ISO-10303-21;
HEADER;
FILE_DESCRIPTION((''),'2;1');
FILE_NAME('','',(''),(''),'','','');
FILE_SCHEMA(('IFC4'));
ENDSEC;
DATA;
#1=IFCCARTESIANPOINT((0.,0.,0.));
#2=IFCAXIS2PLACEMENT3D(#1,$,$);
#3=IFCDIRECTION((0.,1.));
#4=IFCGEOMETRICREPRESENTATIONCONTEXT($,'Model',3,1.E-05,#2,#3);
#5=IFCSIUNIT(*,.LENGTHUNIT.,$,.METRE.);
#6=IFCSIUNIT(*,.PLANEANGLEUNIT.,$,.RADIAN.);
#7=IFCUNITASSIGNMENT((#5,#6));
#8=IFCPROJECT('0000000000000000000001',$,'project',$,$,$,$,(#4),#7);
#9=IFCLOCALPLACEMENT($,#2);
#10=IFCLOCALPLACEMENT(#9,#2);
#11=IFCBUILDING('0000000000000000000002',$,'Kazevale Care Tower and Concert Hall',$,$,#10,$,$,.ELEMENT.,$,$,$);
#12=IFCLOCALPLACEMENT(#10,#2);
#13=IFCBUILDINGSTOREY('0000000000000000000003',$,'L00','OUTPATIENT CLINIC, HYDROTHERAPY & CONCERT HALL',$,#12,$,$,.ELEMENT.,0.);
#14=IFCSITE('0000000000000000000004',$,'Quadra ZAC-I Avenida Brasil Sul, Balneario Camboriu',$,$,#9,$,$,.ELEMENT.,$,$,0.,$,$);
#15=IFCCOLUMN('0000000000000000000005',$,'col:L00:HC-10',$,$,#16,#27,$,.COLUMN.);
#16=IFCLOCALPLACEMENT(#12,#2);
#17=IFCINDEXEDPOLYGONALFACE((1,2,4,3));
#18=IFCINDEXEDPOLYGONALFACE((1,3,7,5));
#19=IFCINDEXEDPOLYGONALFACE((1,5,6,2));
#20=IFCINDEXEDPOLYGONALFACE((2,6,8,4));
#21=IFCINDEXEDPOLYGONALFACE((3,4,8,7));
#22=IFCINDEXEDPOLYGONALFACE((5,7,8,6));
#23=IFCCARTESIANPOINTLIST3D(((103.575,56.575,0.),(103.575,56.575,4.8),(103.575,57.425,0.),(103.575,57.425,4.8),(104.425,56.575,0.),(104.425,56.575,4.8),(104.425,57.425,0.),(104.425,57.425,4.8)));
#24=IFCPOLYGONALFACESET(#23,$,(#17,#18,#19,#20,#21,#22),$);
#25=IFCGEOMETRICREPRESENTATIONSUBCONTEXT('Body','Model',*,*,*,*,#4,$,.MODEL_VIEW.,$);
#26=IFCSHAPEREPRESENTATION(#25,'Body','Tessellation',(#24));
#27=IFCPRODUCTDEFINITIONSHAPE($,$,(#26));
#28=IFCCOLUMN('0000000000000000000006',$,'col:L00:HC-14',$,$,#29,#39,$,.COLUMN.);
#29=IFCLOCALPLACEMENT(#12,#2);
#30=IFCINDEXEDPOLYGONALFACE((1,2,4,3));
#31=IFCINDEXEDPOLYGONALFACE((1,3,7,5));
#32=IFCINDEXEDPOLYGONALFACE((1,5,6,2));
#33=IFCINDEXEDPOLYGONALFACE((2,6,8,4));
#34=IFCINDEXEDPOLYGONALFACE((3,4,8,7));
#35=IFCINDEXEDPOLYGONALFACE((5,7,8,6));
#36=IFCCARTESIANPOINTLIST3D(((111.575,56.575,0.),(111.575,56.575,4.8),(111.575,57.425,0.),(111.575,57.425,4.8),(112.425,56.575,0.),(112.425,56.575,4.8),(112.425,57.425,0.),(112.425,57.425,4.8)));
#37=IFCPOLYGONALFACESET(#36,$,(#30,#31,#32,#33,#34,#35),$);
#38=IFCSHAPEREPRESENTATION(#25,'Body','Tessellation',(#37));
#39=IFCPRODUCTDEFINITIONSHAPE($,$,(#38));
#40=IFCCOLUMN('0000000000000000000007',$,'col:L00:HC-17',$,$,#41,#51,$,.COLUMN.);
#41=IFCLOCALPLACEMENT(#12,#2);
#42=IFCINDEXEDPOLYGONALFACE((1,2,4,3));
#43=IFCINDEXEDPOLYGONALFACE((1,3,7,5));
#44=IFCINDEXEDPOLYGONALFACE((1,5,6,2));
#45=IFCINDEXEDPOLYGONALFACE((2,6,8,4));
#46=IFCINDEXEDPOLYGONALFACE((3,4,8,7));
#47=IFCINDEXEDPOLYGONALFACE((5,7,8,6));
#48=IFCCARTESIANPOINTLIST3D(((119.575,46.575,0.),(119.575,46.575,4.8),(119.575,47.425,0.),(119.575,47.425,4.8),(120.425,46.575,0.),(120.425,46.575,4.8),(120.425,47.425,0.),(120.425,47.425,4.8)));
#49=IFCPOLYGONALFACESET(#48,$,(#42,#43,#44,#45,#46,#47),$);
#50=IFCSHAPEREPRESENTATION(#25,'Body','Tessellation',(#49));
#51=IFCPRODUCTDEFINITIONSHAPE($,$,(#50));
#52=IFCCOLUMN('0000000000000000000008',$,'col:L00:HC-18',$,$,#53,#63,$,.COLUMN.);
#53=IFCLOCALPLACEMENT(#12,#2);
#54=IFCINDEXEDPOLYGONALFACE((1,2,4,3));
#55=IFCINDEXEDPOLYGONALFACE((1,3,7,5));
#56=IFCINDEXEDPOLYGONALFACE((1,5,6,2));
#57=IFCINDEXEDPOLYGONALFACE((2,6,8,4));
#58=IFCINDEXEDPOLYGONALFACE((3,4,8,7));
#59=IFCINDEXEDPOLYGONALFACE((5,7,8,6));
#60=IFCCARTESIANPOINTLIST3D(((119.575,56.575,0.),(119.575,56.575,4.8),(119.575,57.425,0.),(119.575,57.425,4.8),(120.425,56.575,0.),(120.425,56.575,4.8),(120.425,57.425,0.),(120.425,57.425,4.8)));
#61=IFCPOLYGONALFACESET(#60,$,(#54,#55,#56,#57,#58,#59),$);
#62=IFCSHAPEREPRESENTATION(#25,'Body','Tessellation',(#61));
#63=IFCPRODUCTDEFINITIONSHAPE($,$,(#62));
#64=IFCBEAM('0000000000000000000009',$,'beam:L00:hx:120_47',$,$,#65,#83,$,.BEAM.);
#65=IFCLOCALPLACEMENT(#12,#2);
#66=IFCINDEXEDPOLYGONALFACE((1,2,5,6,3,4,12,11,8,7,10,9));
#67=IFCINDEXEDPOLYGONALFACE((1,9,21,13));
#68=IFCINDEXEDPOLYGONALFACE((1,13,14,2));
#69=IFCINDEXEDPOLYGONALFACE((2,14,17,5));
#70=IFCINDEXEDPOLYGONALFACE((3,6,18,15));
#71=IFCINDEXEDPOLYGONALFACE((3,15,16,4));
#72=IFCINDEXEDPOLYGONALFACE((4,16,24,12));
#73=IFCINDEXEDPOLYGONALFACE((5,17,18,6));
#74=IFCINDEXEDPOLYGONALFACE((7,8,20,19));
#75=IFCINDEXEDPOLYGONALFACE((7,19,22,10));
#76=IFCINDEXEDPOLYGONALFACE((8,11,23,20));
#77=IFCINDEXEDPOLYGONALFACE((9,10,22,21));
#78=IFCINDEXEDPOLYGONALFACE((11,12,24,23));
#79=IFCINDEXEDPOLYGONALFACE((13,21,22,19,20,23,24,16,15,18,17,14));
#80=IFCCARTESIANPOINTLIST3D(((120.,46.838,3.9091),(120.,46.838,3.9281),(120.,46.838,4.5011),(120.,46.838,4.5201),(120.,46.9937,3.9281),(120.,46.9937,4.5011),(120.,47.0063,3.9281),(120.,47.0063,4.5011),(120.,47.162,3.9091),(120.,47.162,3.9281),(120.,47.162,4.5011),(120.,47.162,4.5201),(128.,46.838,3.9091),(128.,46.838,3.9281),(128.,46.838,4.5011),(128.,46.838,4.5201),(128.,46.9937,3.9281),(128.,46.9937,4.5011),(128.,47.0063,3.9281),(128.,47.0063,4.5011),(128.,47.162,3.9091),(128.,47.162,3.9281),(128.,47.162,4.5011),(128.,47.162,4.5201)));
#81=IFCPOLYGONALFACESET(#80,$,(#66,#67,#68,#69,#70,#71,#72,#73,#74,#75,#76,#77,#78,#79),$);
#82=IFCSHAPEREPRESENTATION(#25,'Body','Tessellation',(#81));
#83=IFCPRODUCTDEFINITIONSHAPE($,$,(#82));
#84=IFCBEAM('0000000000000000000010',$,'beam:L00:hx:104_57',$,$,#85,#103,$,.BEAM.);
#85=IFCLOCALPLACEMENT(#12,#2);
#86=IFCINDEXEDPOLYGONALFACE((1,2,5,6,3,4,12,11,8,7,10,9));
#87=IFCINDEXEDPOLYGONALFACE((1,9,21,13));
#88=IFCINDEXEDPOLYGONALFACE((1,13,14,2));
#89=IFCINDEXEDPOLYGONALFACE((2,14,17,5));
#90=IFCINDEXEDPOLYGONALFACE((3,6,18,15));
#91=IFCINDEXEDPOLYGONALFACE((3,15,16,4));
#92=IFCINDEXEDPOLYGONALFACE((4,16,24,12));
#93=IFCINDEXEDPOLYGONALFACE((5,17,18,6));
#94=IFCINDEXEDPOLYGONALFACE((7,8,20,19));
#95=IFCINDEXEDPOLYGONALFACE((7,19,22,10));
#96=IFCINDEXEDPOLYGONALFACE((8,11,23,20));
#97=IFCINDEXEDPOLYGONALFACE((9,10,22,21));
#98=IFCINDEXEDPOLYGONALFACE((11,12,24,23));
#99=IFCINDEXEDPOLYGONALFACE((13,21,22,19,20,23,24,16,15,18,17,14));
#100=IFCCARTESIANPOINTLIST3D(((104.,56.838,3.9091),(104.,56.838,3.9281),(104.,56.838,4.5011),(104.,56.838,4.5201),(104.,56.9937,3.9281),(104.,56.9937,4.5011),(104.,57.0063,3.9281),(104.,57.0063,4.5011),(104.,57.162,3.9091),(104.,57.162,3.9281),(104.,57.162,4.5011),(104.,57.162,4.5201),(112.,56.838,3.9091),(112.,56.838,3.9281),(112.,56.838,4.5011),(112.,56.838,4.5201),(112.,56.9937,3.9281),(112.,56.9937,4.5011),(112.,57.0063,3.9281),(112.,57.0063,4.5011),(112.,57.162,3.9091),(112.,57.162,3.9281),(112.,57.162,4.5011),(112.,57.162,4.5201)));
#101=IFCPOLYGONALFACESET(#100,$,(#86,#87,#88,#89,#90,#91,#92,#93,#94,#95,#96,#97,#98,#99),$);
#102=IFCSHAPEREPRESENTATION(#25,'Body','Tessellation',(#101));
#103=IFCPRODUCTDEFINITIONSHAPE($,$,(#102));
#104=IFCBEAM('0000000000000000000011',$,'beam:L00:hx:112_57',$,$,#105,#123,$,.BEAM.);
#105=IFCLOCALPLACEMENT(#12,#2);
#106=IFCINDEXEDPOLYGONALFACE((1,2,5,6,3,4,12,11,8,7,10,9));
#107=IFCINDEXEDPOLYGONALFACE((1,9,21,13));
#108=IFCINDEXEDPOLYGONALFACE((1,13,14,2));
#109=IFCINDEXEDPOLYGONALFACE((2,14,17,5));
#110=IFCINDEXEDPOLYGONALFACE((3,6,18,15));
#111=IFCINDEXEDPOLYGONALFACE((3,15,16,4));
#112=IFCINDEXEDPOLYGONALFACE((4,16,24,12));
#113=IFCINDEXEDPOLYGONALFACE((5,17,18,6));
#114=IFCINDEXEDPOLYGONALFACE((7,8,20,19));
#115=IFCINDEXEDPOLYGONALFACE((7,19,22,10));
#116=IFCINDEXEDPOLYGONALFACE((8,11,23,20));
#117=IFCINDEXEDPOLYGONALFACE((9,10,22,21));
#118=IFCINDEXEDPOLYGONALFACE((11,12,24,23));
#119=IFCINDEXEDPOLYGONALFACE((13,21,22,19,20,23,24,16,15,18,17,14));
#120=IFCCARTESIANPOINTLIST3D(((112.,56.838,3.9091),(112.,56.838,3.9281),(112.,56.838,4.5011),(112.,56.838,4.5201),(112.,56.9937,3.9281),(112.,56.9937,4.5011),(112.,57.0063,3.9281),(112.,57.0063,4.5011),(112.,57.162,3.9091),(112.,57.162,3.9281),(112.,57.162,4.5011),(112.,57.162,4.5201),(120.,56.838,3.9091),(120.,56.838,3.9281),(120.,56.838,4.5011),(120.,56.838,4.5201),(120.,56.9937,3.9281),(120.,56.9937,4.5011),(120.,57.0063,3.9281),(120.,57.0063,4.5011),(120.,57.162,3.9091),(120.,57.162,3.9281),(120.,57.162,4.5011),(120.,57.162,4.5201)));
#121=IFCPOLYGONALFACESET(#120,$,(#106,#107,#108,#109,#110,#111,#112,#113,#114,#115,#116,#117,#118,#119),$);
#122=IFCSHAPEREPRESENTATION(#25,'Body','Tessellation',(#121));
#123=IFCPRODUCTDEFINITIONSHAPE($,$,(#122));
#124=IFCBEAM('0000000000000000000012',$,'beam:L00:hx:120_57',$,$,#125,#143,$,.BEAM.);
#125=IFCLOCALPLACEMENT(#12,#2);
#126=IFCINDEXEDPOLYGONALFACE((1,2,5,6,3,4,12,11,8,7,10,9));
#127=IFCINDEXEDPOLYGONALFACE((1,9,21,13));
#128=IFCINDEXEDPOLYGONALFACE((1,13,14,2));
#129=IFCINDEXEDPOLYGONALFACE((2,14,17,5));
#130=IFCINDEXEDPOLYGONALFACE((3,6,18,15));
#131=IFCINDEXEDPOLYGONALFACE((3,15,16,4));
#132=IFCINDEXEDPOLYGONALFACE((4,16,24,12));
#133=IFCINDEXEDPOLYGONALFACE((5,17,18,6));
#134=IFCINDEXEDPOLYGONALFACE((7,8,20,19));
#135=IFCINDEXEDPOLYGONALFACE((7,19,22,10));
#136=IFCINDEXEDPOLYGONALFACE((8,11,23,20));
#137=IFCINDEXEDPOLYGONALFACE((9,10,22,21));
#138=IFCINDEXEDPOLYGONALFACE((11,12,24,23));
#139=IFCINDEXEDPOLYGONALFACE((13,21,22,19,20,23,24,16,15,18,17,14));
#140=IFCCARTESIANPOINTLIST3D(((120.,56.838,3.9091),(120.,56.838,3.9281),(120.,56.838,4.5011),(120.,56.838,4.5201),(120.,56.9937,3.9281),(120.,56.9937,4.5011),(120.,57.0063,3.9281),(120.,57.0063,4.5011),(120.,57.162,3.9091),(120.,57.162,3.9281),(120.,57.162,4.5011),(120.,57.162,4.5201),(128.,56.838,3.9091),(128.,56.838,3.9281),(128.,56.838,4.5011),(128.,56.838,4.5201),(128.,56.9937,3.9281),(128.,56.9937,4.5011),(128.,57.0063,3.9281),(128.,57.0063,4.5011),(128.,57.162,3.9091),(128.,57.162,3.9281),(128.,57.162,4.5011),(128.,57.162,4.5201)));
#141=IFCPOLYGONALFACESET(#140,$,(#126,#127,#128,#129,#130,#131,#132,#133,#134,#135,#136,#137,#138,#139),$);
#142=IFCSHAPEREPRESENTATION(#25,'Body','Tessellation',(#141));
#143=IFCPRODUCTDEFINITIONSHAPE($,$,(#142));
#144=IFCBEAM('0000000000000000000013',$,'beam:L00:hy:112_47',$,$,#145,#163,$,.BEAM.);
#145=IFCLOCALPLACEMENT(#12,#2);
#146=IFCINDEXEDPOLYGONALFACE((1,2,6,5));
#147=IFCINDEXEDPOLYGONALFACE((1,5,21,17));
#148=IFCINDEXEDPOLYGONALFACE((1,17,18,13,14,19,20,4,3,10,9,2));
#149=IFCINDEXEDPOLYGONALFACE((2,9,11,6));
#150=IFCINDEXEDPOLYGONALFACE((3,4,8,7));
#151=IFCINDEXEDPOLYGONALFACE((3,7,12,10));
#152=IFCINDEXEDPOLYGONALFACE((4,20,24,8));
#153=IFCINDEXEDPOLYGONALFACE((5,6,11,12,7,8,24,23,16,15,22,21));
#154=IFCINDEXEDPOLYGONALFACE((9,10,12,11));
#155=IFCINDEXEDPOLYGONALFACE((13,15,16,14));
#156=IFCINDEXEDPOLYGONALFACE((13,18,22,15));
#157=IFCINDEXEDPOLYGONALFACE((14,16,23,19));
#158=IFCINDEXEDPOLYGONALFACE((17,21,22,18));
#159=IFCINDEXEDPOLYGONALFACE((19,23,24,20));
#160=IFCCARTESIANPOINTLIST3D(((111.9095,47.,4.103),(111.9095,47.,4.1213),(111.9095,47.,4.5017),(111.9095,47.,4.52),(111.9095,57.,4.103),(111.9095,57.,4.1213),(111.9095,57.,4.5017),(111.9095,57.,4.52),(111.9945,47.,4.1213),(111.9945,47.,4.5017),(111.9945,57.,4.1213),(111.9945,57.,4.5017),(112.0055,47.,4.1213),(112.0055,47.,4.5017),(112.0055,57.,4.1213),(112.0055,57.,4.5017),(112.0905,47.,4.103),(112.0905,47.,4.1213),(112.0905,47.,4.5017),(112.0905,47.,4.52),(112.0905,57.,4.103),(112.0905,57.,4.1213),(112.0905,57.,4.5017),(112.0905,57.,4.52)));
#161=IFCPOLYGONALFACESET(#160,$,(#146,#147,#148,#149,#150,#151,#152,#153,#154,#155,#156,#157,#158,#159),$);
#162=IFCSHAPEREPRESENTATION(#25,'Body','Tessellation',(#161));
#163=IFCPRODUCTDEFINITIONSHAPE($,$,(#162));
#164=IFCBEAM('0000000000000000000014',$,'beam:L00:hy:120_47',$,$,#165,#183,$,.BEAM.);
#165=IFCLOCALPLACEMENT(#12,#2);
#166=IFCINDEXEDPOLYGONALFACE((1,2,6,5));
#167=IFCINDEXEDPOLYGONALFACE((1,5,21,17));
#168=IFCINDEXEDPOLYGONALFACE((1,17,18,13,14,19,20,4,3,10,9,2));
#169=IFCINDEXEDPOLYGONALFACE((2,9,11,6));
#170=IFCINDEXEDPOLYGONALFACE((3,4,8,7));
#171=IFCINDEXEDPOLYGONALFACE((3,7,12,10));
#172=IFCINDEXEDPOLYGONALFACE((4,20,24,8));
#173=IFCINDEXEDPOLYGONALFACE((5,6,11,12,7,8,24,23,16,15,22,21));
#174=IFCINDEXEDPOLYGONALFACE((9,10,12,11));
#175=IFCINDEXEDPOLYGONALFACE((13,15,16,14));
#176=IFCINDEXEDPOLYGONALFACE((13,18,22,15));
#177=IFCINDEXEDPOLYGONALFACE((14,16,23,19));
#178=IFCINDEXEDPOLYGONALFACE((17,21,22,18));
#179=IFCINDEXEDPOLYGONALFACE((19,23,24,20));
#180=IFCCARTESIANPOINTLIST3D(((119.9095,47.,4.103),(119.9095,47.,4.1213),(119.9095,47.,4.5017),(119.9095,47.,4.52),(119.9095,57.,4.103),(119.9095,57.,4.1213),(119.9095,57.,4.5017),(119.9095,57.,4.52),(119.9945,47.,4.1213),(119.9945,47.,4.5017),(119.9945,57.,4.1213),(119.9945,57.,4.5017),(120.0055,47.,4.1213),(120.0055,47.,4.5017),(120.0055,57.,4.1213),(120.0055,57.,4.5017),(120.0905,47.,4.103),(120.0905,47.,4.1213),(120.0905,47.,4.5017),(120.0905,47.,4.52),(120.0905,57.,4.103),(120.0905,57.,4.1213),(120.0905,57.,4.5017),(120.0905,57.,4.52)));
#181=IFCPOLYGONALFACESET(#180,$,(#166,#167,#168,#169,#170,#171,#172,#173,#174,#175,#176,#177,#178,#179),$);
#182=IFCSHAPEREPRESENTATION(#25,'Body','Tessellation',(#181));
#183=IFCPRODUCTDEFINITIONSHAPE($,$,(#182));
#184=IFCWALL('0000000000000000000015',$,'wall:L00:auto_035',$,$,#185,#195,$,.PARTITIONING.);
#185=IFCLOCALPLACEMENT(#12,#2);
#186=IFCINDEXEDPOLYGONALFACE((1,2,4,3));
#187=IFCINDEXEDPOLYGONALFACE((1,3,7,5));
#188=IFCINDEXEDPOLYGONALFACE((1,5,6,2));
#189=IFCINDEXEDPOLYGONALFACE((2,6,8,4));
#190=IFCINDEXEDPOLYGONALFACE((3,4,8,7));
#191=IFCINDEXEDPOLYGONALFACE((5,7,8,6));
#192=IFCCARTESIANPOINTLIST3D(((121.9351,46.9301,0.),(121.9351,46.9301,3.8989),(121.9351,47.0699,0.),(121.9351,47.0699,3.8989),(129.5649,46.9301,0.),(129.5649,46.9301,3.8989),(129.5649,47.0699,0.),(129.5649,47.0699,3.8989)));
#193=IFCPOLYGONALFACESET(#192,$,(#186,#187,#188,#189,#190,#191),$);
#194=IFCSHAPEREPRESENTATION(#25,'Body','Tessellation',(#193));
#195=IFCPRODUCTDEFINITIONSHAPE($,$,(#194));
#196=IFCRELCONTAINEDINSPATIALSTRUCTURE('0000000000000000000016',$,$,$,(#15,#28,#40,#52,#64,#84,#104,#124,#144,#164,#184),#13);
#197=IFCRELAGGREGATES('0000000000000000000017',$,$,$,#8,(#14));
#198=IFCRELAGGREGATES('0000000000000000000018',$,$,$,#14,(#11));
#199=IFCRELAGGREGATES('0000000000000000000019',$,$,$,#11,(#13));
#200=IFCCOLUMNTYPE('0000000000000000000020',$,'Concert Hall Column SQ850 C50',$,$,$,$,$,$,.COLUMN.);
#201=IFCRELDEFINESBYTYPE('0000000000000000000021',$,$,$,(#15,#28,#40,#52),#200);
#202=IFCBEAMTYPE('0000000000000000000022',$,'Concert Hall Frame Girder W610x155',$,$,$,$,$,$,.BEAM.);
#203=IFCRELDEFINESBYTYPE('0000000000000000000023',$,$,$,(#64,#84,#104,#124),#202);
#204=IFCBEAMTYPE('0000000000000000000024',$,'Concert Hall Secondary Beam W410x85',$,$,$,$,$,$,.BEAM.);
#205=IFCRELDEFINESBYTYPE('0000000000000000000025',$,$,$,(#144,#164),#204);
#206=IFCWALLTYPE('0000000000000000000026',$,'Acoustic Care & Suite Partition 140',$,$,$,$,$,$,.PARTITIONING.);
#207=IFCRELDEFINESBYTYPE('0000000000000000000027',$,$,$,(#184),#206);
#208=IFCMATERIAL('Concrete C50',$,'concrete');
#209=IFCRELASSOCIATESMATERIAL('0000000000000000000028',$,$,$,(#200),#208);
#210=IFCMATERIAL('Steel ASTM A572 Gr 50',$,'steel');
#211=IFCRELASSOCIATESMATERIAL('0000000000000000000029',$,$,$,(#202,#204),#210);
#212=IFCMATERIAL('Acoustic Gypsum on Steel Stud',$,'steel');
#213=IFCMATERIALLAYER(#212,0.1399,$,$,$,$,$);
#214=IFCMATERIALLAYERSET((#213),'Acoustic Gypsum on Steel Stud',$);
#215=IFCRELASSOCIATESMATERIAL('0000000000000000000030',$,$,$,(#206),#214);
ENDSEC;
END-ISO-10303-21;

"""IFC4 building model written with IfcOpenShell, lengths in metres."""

from ifc_helpers import new_model, si_unit, direction, frame, frame_2d, origin, origin_2d, place, context, subcontext, project, spatial, rectangle, i_section, extrude, material, layer, layer_set, material_profile, profile_set, type_object, element, save


model = new_model("IFC4")

# Units and contexts
model_context = context("Model", 3, precision=1e-05, world=origin(), true_north=direction((0.0, 1.0)))
body_context = subcontext(model_context, "Body", "Model", "MODEL_VIEW")
ifc_project = project(units=[si_unit("LENGTHUNIT", "METRE"), si_unit("PLANEANGLEUNIT", "RADIAN")], contexts=[model_context])

# Site, building, storey
site_placement = place(None, origin())
site = spatial("IfcSite", under=ifc_project, at=site_placement, Name="Quadra ZAC-I Avenida Brasil Sul, Balneario Camboriu", CompositionType="ELEMENT", RefElevation=0.0)
building_placement = place(site_placement, origin())
building = spatial("IfcBuilding", under=site, at=building_placement, Name="Kazevale Care Tower and Concert Hall", CompositionType="ELEMENT")
storey_placement = place(building_placement, origin())
storey = spatial("IfcBuildingStorey", under=building, at=storey_placement, Name="L00", Description="OUTPATIENT CLINIC, HYDROTHERAPY & CONCERT HALL", CompositionType="ELEMENT", Elevation=0.0)

# Columns
ifc_material_1 = material(Name="Concrete C50", Category="concrete")
ifc_material_profile_1 = material_profile(ifc_material_1, rectangle(XDim=0.8501, YDim=0.8501, at=origin_2d()), Name="RC-SQ850")
ifc_profile_set_1 = profile_set([ifc_material_profile_1], Name="Concrete C50")
column_type = type_object("IfcColumnType", Name="Concert Hall Column SQ850 C50", PredefinedType="COLUMN", material=ifc_profile_set_1)
for number, where, z_axis, x_axis, name in (
    (1, (104.0, 57.0, 0.0), (0.0, 0.0, 1.0), (1.0, 0.0, 0.0), "col:L00:HC-10"),
    (2, (112.0, 57.0, 0.0), (0.0, 0.0, 1.0), (1.0, 0.0, 0.0), "col:L00:HC-14"),
    (3, (120.0, 47.0, 0.0), (0.0, 0.0, 1.0), (1.0, 0.0, 0.0), "col:L00:HC-17"),
    (4, (120.0, 57.0, 0.0), (0.0, 0.0, 1.0), (1.0, 0.0, 0.0), "col:L00:HC-18"),
):
    element("IfcColumn", number, at=place(storey_placement, frame(where, z_axis=z_axis, x_axis=x_axis)), inside=storey, type_object=column_type, Name=name, PredefinedType="COLUMN", context=body_context, shape_type="SweptSolid", body=[
        extrude(rectangle(XDim=0.8501, YDim=0.8501, at=origin_2d()), origin(), (0.0, 0.0, 1.0), 4.8),
    ])

# Beams
ifc_material_2 = material(Name="Steel ASTM A572 Gr 50", Category="steel")
ifc_material_profile_2 = material_profile(ifc_material_2, i_section(OverallWidth=0.324, OverallDepth=0.6111, WebThickness=0.0127, FlangeThickness=0.019, at=origin_2d()), Name="W610x155")
ifc_profile_set_2 = profile_set([ifc_material_profile_2], Name="Steel ASTM A572 Gr 50")
beam_type_1 = type_object("IfcBeamType", Name="Concert Hall Frame Girder W610x155", PredefinedType="BEAM", material=ifc_profile_set_2)
for number, where, z_axis, x_axis, name in (
    (5, (120.0, 47.0, 4.2146), (1.0, 0.0, 0.0), (0.0, 1.0, 0.0), "beam:L00:hx:120_47"),
    (6, (104.0, 57.0, 4.2146), (1.0, 0.0, 0.0), (0.0, 1.0, 0.0), "beam:L00:hx:104_57"),
    (7, (112.0, 57.0, 4.2146), (1.0, 0.0, 0.0), (0.0, 1.0, 0.0), "beam:L00:hx:112_57"),
    (8, (120.0, 57.0, 4.2146), (1.0, 0.0, 0.0), (0.0, 1.0, 0.0), "beam:L00:hx:120_57"),
):
    element("IfcBeam", number, at=place(storey_placement, frame(where, z_axis=z_axis, x_axis=x_axis)), inside=storey, type_object=beam_type_1, Name=name, PredefinedType="BEAM", context=body_context, shape_type="SweptSolid", body=[
        extrude(i_section(OverallWidth=0.324, OverallDepth=0.6111, WebThickness=0.0127, FlangeThickness=0.019, at=origin_2d()), origin(), (0.0, 0.0, 1.0), 8.0),
    ])
ifc_material_profile_3 = material_profile(ifc_material_2, i_section(OverallWidth=0.1809, OverallDepth=0.417, WebThickness=0.011, FlangeThickness=0.0183, at=origin_2d()), Name="W410x85")
ifc_profile_set_3 = profile_set([ifc_material_profile_3], Name="Steel ASTM A572 Gr 50")
beam_type_2 = type_object("IfcBeamType", Name="Concert Hall Secondary Beam W410x85", PredefinedType="BEAM", material=ifc_profile_set_3)
for number, where, z_axis, x_axis, name in (
    (9, (112.0, 47.0, 4.3115), (0.0, 1.0, 0.0), (-1.0, 0.0, 0.0), "beam:L00:hy:112_47"),
    (10, (120.0, 47.0, 4.3115), (0.0, 1.0, 0.0), (-1.0, 0.0, 0.0), "beam:L00:hy:120_47"),
):
    element("IfcBeam", number, at=place(storey_placement, frame(where, z_axis=z_axis, x_axis=x_axis)), inside=storey, type_object=beam_type_2, Name=name, PredefinedType="BEAM", context=body_context, shape_type="SweptSolid", body=[
        extrude(i_section(OverallWidth=0.1809, OverallDepth=0.417, WebThickness=0.011, FlangeThickness=0.0183, at=origin_2d()), origin(), (0.0, 0.0, 1.0), 10.0),
    ])

# Wall
ifc_material_3 = material(Name="Acoustic Gypsum on Steel Stud", Category="steel")
ifc_layer_1 = layer(ifc_material_3, 0.1399)
ifc_layer_set_1 = layer_set([ifc_layer_1], Name="Acoustic Gypsum on Steel Stud")
wall_type_1 = type_object("IfcWallType", Name="Acoustic Care & Suite Partition 140", PredefinedType="PARTITIONING", material=ifc_layer_set_1)
wall_1_placement = place(storey_placement, frame((121.9351, 47.0, 0.0), z_axis=(0.0, 0.0, 1.0), x_axis=(1.0, 0.0, 0.0)))
element("IfcWall", 11, at=wall_1_placement, inside=storey, type_object=wall_type_1, Name="wall:L00:auto_035", PredefinedType="PARTITIONING", context=body_context, shape_type="SweptSolid", body=[
    extrude(rectangle(XDim=7.6299, YDim=0.1399, at=frame_2d((3.8149, 0.0))), origin(), (0.0, 0.0, 1.0), 3.8989),
])

save(model, "model.ifc")
